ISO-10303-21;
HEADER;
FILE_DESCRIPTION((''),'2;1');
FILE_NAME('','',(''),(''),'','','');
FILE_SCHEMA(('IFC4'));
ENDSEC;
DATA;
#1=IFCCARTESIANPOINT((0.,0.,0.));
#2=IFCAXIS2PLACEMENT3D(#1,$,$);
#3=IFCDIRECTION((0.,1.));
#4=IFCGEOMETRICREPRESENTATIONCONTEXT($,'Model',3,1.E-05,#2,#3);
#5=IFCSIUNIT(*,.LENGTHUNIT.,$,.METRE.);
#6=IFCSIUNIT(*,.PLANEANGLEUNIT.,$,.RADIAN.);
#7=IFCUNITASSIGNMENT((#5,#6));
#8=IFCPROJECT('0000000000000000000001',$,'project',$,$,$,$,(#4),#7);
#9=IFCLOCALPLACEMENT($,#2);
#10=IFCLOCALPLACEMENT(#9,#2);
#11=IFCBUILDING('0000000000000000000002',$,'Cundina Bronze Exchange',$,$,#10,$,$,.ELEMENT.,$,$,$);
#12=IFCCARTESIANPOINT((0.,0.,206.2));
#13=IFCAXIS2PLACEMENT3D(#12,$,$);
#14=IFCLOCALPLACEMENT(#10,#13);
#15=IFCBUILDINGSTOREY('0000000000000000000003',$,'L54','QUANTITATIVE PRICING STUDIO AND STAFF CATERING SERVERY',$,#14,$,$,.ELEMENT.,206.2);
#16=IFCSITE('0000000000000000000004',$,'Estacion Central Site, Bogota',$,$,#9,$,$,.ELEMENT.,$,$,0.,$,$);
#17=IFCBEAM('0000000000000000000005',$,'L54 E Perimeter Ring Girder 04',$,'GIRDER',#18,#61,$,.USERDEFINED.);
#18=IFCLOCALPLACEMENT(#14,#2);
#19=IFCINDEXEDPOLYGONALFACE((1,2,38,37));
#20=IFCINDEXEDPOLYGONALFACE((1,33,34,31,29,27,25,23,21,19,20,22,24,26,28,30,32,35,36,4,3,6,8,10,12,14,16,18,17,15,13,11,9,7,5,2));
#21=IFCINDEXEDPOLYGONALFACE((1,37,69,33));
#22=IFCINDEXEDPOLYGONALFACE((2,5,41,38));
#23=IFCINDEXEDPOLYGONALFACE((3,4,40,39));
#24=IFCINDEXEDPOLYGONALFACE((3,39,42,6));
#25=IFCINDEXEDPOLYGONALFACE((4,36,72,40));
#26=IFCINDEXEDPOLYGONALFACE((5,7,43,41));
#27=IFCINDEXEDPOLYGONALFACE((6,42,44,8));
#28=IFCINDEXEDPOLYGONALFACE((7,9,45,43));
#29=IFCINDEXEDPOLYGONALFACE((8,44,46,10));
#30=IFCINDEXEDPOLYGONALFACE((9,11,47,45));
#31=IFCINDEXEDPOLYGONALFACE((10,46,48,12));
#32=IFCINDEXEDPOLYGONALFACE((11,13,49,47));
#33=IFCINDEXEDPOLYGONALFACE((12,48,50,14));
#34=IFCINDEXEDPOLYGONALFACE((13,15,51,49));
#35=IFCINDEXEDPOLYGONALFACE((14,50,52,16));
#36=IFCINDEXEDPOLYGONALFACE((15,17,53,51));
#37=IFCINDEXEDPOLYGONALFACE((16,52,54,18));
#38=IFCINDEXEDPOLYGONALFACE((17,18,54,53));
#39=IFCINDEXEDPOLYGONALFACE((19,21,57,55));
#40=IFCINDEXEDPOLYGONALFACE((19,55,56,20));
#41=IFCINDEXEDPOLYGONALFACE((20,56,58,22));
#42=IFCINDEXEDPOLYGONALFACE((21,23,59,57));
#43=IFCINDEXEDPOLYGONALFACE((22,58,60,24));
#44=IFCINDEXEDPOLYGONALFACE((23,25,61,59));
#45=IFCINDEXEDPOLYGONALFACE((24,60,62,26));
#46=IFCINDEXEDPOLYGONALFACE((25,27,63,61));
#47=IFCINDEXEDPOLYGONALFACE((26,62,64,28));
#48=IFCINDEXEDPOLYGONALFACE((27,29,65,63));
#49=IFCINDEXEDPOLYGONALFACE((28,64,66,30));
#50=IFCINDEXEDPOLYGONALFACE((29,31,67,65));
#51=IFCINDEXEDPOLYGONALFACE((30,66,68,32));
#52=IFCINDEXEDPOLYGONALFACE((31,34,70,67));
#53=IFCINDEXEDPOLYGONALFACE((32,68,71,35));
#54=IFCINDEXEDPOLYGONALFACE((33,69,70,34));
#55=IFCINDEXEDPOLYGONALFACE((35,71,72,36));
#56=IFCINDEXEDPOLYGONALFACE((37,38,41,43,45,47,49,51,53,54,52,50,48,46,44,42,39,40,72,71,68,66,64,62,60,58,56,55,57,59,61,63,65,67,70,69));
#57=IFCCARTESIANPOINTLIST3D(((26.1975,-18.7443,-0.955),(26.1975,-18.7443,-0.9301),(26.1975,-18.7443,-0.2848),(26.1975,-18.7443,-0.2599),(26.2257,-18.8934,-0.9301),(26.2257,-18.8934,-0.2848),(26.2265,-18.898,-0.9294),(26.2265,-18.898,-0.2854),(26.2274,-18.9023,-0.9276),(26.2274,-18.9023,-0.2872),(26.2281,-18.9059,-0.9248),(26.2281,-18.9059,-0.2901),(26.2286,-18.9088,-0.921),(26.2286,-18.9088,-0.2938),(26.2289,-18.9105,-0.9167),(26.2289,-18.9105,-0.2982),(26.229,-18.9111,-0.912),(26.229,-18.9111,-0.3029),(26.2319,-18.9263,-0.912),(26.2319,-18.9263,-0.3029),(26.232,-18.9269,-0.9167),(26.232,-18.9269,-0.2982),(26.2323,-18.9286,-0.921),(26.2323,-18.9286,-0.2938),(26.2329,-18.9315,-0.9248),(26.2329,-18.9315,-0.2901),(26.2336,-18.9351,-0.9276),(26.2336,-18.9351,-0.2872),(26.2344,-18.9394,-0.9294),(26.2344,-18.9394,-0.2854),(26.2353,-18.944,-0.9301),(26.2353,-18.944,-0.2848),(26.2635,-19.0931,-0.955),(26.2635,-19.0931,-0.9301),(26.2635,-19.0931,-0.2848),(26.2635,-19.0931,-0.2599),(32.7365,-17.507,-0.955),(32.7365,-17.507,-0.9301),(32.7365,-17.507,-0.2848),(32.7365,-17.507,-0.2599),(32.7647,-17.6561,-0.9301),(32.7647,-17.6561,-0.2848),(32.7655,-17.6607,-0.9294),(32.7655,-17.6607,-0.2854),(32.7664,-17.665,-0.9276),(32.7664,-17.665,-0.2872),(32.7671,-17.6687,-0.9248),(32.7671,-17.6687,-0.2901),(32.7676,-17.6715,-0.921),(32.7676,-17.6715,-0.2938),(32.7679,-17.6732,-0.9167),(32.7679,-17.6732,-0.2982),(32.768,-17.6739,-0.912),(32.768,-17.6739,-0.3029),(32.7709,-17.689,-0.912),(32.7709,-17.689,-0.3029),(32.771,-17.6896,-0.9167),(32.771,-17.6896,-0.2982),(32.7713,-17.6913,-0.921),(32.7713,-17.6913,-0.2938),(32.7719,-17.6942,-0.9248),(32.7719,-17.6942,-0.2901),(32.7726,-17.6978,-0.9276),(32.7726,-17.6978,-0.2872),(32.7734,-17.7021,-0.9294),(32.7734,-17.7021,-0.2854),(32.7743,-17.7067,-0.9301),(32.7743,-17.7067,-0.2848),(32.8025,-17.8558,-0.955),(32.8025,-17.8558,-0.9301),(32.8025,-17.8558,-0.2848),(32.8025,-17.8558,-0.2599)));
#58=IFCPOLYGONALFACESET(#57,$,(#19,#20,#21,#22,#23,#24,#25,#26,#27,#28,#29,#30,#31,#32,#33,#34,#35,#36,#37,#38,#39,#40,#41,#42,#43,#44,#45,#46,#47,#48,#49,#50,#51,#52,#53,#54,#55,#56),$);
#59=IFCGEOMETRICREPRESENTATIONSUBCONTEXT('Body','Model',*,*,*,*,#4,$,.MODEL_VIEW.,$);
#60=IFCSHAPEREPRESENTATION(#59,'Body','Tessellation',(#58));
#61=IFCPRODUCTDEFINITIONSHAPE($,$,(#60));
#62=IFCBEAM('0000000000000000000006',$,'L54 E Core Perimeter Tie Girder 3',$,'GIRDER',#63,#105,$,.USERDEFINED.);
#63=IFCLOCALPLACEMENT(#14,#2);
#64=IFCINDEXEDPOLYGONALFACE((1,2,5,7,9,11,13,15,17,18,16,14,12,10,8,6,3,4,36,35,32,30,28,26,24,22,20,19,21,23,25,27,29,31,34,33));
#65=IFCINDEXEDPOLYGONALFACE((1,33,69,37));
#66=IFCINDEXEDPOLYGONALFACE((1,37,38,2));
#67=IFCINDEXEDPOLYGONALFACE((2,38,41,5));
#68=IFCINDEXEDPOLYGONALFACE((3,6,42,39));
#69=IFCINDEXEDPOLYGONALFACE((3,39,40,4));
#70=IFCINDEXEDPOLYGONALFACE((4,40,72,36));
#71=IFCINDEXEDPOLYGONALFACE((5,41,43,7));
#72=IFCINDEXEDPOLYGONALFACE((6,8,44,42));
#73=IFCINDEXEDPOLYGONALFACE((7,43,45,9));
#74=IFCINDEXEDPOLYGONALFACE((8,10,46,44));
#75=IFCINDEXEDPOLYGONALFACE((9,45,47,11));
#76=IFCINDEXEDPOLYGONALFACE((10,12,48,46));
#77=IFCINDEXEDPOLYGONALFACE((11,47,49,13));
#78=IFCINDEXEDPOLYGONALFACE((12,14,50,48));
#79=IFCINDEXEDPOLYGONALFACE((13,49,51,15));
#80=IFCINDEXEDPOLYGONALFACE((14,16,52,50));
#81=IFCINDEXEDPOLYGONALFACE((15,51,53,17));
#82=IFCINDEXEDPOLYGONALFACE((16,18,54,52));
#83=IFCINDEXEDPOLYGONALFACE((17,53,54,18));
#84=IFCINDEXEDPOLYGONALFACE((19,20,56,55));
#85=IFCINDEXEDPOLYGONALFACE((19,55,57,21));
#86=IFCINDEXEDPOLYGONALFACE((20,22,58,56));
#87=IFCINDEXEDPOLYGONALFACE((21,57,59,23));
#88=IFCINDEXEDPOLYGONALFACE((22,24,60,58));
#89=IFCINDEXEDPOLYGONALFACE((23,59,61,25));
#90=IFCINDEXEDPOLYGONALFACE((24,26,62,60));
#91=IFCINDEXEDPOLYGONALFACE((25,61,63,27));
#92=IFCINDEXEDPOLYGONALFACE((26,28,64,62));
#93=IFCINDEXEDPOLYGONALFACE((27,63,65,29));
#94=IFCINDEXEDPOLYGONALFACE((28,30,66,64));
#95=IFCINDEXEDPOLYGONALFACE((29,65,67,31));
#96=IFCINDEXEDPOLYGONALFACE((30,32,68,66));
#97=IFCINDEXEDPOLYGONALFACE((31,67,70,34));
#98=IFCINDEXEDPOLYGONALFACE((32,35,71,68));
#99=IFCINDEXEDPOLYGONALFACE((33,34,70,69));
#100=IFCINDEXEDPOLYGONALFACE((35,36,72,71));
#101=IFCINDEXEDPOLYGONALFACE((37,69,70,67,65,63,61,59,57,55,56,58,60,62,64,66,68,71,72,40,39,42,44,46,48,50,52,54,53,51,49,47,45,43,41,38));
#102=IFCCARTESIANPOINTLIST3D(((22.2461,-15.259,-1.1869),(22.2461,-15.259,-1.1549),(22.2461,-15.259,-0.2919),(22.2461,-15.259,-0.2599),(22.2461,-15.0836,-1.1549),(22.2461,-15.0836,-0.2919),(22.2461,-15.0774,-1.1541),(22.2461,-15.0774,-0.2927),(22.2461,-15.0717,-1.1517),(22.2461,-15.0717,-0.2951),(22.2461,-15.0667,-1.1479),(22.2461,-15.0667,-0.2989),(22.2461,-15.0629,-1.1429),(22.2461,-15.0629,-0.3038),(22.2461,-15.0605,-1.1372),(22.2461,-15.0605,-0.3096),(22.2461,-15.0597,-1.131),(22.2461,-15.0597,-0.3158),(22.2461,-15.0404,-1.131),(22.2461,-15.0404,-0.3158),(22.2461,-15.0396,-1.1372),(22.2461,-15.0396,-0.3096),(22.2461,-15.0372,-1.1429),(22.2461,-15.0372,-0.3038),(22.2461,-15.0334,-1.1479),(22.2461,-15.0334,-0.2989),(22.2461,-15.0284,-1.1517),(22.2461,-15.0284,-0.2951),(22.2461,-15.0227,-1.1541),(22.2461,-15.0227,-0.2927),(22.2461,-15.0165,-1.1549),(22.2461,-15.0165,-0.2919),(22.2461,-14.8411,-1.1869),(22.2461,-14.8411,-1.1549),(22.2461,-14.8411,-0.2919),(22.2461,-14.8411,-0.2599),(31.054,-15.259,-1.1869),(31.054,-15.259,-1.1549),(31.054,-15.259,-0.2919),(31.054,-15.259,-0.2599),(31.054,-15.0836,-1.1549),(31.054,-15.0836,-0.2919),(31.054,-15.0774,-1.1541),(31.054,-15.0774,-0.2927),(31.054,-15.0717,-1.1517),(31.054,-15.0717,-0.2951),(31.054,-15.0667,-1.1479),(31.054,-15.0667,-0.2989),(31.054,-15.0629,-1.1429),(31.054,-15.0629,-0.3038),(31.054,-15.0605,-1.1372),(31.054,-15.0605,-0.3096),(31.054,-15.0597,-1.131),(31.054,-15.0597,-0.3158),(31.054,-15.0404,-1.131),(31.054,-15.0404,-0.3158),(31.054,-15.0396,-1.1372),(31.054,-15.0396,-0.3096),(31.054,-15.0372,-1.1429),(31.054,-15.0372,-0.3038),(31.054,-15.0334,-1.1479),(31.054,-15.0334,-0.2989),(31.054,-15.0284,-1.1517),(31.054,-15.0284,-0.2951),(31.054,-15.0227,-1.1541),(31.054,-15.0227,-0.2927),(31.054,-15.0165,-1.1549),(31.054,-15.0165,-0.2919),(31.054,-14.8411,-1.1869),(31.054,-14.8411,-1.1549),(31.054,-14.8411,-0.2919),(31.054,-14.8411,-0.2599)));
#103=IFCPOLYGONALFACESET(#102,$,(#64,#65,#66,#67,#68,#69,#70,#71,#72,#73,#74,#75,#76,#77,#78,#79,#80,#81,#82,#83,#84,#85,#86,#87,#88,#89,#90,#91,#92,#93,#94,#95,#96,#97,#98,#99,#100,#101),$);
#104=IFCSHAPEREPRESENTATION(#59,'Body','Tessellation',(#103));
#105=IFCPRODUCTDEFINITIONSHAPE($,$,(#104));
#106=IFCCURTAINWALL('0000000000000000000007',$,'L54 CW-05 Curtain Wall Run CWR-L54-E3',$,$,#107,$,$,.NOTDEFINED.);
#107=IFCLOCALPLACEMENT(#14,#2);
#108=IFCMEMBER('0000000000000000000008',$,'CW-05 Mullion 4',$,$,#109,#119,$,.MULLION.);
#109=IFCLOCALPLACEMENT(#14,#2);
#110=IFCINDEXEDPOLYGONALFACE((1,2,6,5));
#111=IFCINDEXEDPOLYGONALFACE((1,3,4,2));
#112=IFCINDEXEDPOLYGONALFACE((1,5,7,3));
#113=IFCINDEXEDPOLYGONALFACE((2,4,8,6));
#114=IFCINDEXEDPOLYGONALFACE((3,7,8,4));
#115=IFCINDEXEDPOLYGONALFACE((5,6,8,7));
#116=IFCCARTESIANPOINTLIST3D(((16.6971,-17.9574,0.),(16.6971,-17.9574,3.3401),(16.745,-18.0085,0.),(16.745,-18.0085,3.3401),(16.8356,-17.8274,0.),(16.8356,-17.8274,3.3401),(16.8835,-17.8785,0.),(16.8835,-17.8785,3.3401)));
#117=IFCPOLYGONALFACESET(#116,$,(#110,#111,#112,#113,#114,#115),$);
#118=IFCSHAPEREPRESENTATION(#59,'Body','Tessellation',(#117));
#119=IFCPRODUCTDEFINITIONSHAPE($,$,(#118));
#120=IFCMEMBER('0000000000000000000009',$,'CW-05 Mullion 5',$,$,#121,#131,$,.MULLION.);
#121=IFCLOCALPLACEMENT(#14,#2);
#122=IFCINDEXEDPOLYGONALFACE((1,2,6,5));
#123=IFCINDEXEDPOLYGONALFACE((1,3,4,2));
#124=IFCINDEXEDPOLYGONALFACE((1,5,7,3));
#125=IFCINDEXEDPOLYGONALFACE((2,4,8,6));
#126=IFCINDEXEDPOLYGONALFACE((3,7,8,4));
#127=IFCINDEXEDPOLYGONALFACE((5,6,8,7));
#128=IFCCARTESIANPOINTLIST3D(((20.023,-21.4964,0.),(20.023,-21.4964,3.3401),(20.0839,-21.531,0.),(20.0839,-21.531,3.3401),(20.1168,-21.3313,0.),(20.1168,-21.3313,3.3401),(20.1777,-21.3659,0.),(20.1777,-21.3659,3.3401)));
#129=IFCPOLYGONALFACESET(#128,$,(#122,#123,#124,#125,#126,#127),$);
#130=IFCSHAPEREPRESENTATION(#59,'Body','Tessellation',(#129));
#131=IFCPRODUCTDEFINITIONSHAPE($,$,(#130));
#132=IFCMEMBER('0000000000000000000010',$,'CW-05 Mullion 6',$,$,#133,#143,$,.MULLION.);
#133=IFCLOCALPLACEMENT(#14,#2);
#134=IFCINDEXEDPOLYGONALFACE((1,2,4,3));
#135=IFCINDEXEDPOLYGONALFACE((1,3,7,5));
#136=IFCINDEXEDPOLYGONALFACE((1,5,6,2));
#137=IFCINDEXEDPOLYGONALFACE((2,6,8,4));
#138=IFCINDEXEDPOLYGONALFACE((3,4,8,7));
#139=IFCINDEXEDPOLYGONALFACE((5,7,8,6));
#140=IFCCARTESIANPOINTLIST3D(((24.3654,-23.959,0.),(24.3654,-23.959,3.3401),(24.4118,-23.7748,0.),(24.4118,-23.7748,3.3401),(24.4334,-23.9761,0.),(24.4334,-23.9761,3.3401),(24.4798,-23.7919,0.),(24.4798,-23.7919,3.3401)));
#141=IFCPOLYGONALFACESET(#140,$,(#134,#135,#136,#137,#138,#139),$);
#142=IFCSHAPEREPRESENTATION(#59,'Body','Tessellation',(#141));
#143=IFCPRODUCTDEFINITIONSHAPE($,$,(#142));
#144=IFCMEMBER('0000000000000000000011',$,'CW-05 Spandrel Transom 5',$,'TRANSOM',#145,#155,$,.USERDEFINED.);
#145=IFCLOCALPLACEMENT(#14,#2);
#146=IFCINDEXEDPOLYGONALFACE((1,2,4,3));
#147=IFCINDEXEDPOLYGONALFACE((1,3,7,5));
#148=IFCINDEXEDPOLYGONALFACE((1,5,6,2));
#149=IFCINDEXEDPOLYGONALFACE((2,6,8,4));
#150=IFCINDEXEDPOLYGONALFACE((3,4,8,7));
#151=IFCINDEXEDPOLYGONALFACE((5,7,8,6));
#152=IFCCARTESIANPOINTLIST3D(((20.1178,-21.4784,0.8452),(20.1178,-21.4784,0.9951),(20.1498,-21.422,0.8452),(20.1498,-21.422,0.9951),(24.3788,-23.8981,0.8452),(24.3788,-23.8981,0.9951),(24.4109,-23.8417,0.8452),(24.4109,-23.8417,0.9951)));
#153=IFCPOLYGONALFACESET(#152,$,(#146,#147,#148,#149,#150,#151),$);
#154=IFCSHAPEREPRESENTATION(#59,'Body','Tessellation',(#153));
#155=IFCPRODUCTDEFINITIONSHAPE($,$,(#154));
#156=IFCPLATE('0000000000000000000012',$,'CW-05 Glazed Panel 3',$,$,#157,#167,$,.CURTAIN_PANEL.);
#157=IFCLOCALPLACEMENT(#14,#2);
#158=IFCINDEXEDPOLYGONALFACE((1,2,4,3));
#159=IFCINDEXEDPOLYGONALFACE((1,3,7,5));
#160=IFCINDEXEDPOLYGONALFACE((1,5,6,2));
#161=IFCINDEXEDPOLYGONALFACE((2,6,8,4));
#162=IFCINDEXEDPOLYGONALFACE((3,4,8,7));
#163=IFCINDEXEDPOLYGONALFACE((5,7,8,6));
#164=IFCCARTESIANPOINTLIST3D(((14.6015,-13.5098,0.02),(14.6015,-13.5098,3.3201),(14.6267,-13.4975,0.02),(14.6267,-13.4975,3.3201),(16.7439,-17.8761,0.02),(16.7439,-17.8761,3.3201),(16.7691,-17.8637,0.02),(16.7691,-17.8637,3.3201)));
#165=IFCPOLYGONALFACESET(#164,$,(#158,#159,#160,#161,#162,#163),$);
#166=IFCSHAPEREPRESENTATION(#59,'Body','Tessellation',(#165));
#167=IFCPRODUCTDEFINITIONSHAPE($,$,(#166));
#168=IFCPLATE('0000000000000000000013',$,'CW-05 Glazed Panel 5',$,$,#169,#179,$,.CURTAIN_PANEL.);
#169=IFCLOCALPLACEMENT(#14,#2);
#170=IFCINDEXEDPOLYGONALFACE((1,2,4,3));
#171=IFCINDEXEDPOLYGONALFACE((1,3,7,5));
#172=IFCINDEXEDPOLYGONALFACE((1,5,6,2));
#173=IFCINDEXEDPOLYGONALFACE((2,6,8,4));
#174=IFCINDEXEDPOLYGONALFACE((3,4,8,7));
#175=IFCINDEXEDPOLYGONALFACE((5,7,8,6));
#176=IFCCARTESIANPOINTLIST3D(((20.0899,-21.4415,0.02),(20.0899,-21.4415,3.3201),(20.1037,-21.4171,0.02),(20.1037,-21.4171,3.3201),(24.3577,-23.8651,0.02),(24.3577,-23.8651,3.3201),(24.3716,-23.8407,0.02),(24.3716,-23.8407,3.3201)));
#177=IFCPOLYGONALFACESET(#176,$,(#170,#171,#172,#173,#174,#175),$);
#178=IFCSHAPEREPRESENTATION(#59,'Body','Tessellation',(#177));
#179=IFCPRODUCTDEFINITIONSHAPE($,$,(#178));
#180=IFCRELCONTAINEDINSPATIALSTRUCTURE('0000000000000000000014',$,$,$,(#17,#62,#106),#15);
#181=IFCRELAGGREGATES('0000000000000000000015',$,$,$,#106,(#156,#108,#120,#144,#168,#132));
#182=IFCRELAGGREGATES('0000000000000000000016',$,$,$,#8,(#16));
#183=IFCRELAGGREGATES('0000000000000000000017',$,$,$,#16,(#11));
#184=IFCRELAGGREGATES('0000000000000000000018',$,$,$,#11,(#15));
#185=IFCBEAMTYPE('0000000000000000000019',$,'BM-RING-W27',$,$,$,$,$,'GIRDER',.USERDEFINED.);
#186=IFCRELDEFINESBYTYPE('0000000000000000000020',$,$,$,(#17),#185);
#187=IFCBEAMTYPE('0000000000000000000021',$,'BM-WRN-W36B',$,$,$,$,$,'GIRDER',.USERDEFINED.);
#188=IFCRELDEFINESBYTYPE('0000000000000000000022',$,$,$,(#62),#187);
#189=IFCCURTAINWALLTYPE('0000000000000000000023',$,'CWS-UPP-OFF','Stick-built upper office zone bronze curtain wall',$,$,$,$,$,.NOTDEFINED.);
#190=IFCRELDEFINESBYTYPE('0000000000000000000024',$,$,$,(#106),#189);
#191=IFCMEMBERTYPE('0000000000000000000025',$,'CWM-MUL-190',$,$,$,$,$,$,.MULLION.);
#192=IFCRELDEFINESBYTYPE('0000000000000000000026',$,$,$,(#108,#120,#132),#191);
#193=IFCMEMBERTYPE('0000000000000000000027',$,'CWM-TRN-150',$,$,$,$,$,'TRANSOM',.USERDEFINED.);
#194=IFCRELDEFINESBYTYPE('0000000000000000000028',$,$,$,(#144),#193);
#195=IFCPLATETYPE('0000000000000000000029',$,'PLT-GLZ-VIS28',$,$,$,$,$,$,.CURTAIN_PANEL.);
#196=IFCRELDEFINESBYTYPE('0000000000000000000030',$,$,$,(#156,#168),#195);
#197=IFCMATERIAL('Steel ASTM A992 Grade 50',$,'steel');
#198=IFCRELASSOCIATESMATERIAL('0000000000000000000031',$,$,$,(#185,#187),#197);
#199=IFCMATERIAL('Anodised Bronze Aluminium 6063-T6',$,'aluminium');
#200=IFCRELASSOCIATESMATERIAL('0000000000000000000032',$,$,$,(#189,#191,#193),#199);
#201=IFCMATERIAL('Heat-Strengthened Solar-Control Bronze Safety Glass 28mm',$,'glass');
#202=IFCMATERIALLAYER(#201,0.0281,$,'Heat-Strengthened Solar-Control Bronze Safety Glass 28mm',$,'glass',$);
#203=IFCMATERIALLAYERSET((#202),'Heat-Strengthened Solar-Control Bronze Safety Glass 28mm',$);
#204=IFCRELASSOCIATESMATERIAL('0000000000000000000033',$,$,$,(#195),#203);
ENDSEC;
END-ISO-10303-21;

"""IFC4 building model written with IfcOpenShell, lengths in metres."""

from ifc_helpers import new_model, si_unit, direction, frame, origin, origin_2d, place, context, subcontext, project, spatial, rectangle, i_section, extrude, material, layer, layer_set, material_profile, profile_set, type_object, element, aggregate, save


model = new_model("IFC4")

# Units and contexts
model_context = context("Model", 3, precision=1e-05, world=origin(), true_north=direction((0.0, 1.0)))
body_context = subcontext(model_context, "Body", "Model", "MODEL_VIEW")
ifc_project = project(units=[si_unit("LENGTHUNIT", "METRE"), si_unit("PLANEANGLEUNIT", "RADIAN")], contexts=[model_context])

# Site, building, storey
site_placement = place(None, origin())
site = spatial("IfcSite", under=ifc_project, at=site_placement, Name="Estacion Central Site, Bogota", CompositionType="ELEMENT", RefElevation=0.0)
building_placement = place(site_placement, origin())
building = spatial("IfcBuilding", under=site, at=building_placement, Name="Cundina Bronze Exchange", CompositionType="ELEMENT")
storey_placement = place(building_placement, frame((0.0, 0.0, 206.2)))
storey = spatial("IfcBuildingStorey", under=building, at=storey_placement, Name="L54", Description="QUANTITATIVE PRICING STUDIO AND STAFF CATERING SERVERY", CompositionType="ELEMENT", Elevation=206.2)

# Shared definitions
ifc_material_1 = material(Name="Steel ASTM A992 Grade 50", Category="steel")

# Beams
ifc_material_profile_1 = material_profile(ifc_material_1, i_section(OverallWidth=0.355, OverallDepth=0.6951, WebThickness=0.0154, FlangeThickness=0.0249, FilletRadius=0.0181, at=origin_2d()), Name="W27X146", Category="steel")
ifc_profile_set_1 = profile_set([ifc_material_profile_1], Name="Steel ASTM A992 Grade 50")
beam_type_1 = type_object("IfcBeamType", Name="BM-RING-W27", ElementType="GIRDER", PredefinedType="USERDEFINED", material=ifc_profile_set_1)
beam_1_placement = place(storey_placement, frame((26.2305, -18.9187, -0.6074), z_axis=(0.982565, 0.185918, 0.0), x_axis=(-0.185918, 0.982565, 0.0)))
element("IfcBeam", 1, at=beam_1_placement, inside=storey, type_object=beam_type_1, Name="L54 E Perimeter Ring Girder 04", ObjectType="GIRDER", PredefinedType="USERDEFINED", context=body_context, shape_type="SweptSolid", body=[
    extrude(i_section(OverallWidth=0.355, OverallDepth=0.6951, WebThickness=0.0154, FlangeThickness=0.0249, FilletRadius=0.0181, at=origin_2d()), origin(), (0.0, 0.0, 1.0), 6.655),
])
ifc_material_profile_2 = material_profile(ifc_material_1, i_section(OverallWidth=0.418, OverallDepth=0.927, WebThickness=0.0193, FlangeThickness=0.032, FilletRadius=0.0239, at=origin_2d()), Name="W36X231", Category="steel")
ifc_profile_set_2 = profile_set([ifc_material_profile_2], Name="Steel ASTM A992 Grade 50")
beam_type_2 = type_object("IfcBeamType", Name="BM-WRN-W36B", ElementType="GIRDER", PredefinedType="USERDEFINED", material=ifc_profile_set_2)
beam_2_placement = place(storey_placement, frame((22.2461, -15.05, -0.7234), z_axis=(1.0, 0.0, 0.0), x_axis=(0.0, 1.0, 0.0)))
element("IfcBeam", 2, at=beam_2_placement, inside=storey, type_object=beam_type_2, Name="L54 E Core Perimeter Tie Girder 3", ObjectType="GIRDER", PredefinedType="USERDEFINED", context=body_context, shape_type="SweptSolid", body=[
    extrude(i_section(OverallWidth=0.418, OverallDepth=0.927, WebThickness=0.0193, FlangeThickness=0.032, FilletRadius=0.0239, at=origin_2d()), origin(), (0.0, 0.0, 1.0), 8.8079),
])

# Curtain wall, members, plates
ifc_material_2 = material(Name="Anodised Bronze Aluminium 6063-T6", Category="aluminium")
curtain_wall_type = type_object("IfcCurtainWallType", Name="CWS-UPP-OFF", Description="Stick-built upper office zone bronze curtain wall", PredefinedType="NOTDEFINED", material=ifc_material_2)
curtain_wall_placement = place(storey_placement, origin())
curtain_wall = element("IfcCurtainWall", 3, at=curtain_wall_placement, inside=storey, type_object=curtain_wall_type, Name="L54 CW-05 Curtain Wall Run CWR-L54-E3", PredefinedType="NOTDEFINED")
ifc_material_profile_3 = material_profile(ifc_material_2, rectangle(XDim=0.0701, YDim=0.1899, at=origin_2d()), Name="AL70X190", Category="aluminium")
ifc_profile_set_3 = profile_set([ifc_material_profile_3], Name="Anodised Bronze Aluminium 6063-T6")
member_type_1 = type_object("IfcMemberType", Name="CWM-MUL-190", PredefinedType="MULLION", material=ifc_profile_set_3)
member_1_placement = place(storey_placement, frame((16.7903, -17.918, 0.0), z_axis=(0.0, 0.0, 1.0), x_axis=(0.684293, -0.729208, 0.0)))
member_1 = element("IfcMember", 4, at=member_1_placement, type_object=member_type_1, Name="CW-05 Mullion 4", PredefinedType="MULLION", context=body_context, shape_type="SweptSolid", body=[
    extrude(rectangle(XDim=0.0701, YDim=0.1899, at=origin_2d()), origin(), (0.0, 0.0, 1.0), 3.3401),
])
member_2_placement = place(storey_placement, frame((20.1003, -21.4312, 0.0), z_axis=(0.0, 0.0, 1.0), x_axis=(0.869581, -0.49379, 0.0)))
member_2 = element("IfcMember", 5, at=member_2_placement, type_object=member_type_1, Name="CW-05 Mullion 5", PredefinedType="MULLION", context=body_context, shape_type="SweptSolid", body=[
    extrude(rectangle(XDim=0.0701, YDim=0.1899, at=origin_2d()), origin(), (0.0, 0.0, 1.0), 3.3401),
])
member_3_placement = place(storey_placement, frame((24.4226, -23.8755, 0.0), z_axis=(0.0, 0.0, 1.0), x_axis=(0.969744, -0.244123, 0.0)))
member_3 = element("IfcMember", 6, at=member_3_placement, type_object=member_type_1, Name="CW-05 Mullion 6", PredefinedType="MULLION", context=body_context, shape_type="SweptSolid", body=[
    extrude(rectangle(XDim=0.0701, YDim=0.1899, at=origin_2d()), origin(), (0.0, 0.0, 1.0), 3.3401),
])
ifc_material_profile_4 = material_profile(ifc_material_2, rectangle(XDim=0.0649, YDim=0.1499, at=origin_2d()), Name="AL65X150", Category="aluminium")
ifc_profile_set_4 = profile_set([ifc_material_profile_4], Name="Anodised Bronze Aluminium 6063-T6")
member_type_2 = type_object("IfcMemberType", Name="CWM-TRN-150", ElementType="TRANSOM", PredefinedType="USERDEFINED", material=ifc_profile_set_4)
member_4_placement = place(storey_placement, frame((20.1338, -21.4502, 0.9202), z_axis=(0.869574, -0.493803, 0.0), x_axis=(0.493803, 0.869574, 0.0)))
member_4 = element("IfcMember", 7, at=member_4_placement, type_object=member_type_2, Name="CW-05 Spandrel Transom 5", ObjectType="TRANSOM", PredefinedType="USERDEFINED", context=body_context, shape_type="SweptSolid", body=[
    extrude(rectangle(XDim=0.0649, YDim=0.1499, at=origin_2d()), origin(), (0.0, 0.0, 1.0), 4.9001),
])
ifc_material_3 = material(Name="Heat-Strengthened Solar-Control Bronze Safety Glass 28mm", Category="glass")
ifc_layer_1 = layer(ifc_material_3, 0.0281, Name="Heat-Strengthened Solar-Control Bronze Safety Glass 28mm", Category="glass")
ifc_layer_set_1 = layer_set([ifc_layer_1], Name="Heat-Strengthened Solar-Control Bronze Safety Glass 28mm")
plate_type_1 = type_object("IfcPlateType", Name="PLT-GLZ-VIS28", PredefinedType="CURTAIN_PANEL", material=ifc_layer_set_1)
plate_1_placement = place(storey_placement, frame((15.6853, -15.6868, 0.02), z_axis=(0.0, 0.0, 1.0), x_axis=(0.440503, -0.897751, 0.0)))
plate_1 = element("IfcPlate", 8, at=plate_1_placement, type_object=plate_type_1, Name="CW-05 Glazed Panel 3", PredefinedType="CURTAIN_PANEL", context=body_context, shape_type="SweptSolid", body=[
    extrude(rectangle(XDim=4.8635, YDim=0.0281, at=origin_2d()), origin(), (0.0, 0.0, 1.0), 3.3),
])
plate_2_placement = place(storey_placement, frame((22.2307, -22.6411, 0.02), z_axis=(0.0, 0.0, 1.0), x_axis=(0.869573, -0.493805, 0.0)))
plate_2 = element("IfcPlate", 9, at=plate_2_placement, type_object=plate_type_1, Name="CW-05 Glazed Panel 5", PredefinedType="CURTAIN_PANEL", context=body_context, shape_type="SweptSolid", body=[
    extrude(rectangle(XDim=4.908, YDim=0.0281, at=origin_2d()), origin(), (0.0, 0.0, 1.0), 3.3),
])
aggregate(curtain_wall, [plate_1, member_1, member_2, member_4, plate_2, member_3])

save(model, "model.ifc")
